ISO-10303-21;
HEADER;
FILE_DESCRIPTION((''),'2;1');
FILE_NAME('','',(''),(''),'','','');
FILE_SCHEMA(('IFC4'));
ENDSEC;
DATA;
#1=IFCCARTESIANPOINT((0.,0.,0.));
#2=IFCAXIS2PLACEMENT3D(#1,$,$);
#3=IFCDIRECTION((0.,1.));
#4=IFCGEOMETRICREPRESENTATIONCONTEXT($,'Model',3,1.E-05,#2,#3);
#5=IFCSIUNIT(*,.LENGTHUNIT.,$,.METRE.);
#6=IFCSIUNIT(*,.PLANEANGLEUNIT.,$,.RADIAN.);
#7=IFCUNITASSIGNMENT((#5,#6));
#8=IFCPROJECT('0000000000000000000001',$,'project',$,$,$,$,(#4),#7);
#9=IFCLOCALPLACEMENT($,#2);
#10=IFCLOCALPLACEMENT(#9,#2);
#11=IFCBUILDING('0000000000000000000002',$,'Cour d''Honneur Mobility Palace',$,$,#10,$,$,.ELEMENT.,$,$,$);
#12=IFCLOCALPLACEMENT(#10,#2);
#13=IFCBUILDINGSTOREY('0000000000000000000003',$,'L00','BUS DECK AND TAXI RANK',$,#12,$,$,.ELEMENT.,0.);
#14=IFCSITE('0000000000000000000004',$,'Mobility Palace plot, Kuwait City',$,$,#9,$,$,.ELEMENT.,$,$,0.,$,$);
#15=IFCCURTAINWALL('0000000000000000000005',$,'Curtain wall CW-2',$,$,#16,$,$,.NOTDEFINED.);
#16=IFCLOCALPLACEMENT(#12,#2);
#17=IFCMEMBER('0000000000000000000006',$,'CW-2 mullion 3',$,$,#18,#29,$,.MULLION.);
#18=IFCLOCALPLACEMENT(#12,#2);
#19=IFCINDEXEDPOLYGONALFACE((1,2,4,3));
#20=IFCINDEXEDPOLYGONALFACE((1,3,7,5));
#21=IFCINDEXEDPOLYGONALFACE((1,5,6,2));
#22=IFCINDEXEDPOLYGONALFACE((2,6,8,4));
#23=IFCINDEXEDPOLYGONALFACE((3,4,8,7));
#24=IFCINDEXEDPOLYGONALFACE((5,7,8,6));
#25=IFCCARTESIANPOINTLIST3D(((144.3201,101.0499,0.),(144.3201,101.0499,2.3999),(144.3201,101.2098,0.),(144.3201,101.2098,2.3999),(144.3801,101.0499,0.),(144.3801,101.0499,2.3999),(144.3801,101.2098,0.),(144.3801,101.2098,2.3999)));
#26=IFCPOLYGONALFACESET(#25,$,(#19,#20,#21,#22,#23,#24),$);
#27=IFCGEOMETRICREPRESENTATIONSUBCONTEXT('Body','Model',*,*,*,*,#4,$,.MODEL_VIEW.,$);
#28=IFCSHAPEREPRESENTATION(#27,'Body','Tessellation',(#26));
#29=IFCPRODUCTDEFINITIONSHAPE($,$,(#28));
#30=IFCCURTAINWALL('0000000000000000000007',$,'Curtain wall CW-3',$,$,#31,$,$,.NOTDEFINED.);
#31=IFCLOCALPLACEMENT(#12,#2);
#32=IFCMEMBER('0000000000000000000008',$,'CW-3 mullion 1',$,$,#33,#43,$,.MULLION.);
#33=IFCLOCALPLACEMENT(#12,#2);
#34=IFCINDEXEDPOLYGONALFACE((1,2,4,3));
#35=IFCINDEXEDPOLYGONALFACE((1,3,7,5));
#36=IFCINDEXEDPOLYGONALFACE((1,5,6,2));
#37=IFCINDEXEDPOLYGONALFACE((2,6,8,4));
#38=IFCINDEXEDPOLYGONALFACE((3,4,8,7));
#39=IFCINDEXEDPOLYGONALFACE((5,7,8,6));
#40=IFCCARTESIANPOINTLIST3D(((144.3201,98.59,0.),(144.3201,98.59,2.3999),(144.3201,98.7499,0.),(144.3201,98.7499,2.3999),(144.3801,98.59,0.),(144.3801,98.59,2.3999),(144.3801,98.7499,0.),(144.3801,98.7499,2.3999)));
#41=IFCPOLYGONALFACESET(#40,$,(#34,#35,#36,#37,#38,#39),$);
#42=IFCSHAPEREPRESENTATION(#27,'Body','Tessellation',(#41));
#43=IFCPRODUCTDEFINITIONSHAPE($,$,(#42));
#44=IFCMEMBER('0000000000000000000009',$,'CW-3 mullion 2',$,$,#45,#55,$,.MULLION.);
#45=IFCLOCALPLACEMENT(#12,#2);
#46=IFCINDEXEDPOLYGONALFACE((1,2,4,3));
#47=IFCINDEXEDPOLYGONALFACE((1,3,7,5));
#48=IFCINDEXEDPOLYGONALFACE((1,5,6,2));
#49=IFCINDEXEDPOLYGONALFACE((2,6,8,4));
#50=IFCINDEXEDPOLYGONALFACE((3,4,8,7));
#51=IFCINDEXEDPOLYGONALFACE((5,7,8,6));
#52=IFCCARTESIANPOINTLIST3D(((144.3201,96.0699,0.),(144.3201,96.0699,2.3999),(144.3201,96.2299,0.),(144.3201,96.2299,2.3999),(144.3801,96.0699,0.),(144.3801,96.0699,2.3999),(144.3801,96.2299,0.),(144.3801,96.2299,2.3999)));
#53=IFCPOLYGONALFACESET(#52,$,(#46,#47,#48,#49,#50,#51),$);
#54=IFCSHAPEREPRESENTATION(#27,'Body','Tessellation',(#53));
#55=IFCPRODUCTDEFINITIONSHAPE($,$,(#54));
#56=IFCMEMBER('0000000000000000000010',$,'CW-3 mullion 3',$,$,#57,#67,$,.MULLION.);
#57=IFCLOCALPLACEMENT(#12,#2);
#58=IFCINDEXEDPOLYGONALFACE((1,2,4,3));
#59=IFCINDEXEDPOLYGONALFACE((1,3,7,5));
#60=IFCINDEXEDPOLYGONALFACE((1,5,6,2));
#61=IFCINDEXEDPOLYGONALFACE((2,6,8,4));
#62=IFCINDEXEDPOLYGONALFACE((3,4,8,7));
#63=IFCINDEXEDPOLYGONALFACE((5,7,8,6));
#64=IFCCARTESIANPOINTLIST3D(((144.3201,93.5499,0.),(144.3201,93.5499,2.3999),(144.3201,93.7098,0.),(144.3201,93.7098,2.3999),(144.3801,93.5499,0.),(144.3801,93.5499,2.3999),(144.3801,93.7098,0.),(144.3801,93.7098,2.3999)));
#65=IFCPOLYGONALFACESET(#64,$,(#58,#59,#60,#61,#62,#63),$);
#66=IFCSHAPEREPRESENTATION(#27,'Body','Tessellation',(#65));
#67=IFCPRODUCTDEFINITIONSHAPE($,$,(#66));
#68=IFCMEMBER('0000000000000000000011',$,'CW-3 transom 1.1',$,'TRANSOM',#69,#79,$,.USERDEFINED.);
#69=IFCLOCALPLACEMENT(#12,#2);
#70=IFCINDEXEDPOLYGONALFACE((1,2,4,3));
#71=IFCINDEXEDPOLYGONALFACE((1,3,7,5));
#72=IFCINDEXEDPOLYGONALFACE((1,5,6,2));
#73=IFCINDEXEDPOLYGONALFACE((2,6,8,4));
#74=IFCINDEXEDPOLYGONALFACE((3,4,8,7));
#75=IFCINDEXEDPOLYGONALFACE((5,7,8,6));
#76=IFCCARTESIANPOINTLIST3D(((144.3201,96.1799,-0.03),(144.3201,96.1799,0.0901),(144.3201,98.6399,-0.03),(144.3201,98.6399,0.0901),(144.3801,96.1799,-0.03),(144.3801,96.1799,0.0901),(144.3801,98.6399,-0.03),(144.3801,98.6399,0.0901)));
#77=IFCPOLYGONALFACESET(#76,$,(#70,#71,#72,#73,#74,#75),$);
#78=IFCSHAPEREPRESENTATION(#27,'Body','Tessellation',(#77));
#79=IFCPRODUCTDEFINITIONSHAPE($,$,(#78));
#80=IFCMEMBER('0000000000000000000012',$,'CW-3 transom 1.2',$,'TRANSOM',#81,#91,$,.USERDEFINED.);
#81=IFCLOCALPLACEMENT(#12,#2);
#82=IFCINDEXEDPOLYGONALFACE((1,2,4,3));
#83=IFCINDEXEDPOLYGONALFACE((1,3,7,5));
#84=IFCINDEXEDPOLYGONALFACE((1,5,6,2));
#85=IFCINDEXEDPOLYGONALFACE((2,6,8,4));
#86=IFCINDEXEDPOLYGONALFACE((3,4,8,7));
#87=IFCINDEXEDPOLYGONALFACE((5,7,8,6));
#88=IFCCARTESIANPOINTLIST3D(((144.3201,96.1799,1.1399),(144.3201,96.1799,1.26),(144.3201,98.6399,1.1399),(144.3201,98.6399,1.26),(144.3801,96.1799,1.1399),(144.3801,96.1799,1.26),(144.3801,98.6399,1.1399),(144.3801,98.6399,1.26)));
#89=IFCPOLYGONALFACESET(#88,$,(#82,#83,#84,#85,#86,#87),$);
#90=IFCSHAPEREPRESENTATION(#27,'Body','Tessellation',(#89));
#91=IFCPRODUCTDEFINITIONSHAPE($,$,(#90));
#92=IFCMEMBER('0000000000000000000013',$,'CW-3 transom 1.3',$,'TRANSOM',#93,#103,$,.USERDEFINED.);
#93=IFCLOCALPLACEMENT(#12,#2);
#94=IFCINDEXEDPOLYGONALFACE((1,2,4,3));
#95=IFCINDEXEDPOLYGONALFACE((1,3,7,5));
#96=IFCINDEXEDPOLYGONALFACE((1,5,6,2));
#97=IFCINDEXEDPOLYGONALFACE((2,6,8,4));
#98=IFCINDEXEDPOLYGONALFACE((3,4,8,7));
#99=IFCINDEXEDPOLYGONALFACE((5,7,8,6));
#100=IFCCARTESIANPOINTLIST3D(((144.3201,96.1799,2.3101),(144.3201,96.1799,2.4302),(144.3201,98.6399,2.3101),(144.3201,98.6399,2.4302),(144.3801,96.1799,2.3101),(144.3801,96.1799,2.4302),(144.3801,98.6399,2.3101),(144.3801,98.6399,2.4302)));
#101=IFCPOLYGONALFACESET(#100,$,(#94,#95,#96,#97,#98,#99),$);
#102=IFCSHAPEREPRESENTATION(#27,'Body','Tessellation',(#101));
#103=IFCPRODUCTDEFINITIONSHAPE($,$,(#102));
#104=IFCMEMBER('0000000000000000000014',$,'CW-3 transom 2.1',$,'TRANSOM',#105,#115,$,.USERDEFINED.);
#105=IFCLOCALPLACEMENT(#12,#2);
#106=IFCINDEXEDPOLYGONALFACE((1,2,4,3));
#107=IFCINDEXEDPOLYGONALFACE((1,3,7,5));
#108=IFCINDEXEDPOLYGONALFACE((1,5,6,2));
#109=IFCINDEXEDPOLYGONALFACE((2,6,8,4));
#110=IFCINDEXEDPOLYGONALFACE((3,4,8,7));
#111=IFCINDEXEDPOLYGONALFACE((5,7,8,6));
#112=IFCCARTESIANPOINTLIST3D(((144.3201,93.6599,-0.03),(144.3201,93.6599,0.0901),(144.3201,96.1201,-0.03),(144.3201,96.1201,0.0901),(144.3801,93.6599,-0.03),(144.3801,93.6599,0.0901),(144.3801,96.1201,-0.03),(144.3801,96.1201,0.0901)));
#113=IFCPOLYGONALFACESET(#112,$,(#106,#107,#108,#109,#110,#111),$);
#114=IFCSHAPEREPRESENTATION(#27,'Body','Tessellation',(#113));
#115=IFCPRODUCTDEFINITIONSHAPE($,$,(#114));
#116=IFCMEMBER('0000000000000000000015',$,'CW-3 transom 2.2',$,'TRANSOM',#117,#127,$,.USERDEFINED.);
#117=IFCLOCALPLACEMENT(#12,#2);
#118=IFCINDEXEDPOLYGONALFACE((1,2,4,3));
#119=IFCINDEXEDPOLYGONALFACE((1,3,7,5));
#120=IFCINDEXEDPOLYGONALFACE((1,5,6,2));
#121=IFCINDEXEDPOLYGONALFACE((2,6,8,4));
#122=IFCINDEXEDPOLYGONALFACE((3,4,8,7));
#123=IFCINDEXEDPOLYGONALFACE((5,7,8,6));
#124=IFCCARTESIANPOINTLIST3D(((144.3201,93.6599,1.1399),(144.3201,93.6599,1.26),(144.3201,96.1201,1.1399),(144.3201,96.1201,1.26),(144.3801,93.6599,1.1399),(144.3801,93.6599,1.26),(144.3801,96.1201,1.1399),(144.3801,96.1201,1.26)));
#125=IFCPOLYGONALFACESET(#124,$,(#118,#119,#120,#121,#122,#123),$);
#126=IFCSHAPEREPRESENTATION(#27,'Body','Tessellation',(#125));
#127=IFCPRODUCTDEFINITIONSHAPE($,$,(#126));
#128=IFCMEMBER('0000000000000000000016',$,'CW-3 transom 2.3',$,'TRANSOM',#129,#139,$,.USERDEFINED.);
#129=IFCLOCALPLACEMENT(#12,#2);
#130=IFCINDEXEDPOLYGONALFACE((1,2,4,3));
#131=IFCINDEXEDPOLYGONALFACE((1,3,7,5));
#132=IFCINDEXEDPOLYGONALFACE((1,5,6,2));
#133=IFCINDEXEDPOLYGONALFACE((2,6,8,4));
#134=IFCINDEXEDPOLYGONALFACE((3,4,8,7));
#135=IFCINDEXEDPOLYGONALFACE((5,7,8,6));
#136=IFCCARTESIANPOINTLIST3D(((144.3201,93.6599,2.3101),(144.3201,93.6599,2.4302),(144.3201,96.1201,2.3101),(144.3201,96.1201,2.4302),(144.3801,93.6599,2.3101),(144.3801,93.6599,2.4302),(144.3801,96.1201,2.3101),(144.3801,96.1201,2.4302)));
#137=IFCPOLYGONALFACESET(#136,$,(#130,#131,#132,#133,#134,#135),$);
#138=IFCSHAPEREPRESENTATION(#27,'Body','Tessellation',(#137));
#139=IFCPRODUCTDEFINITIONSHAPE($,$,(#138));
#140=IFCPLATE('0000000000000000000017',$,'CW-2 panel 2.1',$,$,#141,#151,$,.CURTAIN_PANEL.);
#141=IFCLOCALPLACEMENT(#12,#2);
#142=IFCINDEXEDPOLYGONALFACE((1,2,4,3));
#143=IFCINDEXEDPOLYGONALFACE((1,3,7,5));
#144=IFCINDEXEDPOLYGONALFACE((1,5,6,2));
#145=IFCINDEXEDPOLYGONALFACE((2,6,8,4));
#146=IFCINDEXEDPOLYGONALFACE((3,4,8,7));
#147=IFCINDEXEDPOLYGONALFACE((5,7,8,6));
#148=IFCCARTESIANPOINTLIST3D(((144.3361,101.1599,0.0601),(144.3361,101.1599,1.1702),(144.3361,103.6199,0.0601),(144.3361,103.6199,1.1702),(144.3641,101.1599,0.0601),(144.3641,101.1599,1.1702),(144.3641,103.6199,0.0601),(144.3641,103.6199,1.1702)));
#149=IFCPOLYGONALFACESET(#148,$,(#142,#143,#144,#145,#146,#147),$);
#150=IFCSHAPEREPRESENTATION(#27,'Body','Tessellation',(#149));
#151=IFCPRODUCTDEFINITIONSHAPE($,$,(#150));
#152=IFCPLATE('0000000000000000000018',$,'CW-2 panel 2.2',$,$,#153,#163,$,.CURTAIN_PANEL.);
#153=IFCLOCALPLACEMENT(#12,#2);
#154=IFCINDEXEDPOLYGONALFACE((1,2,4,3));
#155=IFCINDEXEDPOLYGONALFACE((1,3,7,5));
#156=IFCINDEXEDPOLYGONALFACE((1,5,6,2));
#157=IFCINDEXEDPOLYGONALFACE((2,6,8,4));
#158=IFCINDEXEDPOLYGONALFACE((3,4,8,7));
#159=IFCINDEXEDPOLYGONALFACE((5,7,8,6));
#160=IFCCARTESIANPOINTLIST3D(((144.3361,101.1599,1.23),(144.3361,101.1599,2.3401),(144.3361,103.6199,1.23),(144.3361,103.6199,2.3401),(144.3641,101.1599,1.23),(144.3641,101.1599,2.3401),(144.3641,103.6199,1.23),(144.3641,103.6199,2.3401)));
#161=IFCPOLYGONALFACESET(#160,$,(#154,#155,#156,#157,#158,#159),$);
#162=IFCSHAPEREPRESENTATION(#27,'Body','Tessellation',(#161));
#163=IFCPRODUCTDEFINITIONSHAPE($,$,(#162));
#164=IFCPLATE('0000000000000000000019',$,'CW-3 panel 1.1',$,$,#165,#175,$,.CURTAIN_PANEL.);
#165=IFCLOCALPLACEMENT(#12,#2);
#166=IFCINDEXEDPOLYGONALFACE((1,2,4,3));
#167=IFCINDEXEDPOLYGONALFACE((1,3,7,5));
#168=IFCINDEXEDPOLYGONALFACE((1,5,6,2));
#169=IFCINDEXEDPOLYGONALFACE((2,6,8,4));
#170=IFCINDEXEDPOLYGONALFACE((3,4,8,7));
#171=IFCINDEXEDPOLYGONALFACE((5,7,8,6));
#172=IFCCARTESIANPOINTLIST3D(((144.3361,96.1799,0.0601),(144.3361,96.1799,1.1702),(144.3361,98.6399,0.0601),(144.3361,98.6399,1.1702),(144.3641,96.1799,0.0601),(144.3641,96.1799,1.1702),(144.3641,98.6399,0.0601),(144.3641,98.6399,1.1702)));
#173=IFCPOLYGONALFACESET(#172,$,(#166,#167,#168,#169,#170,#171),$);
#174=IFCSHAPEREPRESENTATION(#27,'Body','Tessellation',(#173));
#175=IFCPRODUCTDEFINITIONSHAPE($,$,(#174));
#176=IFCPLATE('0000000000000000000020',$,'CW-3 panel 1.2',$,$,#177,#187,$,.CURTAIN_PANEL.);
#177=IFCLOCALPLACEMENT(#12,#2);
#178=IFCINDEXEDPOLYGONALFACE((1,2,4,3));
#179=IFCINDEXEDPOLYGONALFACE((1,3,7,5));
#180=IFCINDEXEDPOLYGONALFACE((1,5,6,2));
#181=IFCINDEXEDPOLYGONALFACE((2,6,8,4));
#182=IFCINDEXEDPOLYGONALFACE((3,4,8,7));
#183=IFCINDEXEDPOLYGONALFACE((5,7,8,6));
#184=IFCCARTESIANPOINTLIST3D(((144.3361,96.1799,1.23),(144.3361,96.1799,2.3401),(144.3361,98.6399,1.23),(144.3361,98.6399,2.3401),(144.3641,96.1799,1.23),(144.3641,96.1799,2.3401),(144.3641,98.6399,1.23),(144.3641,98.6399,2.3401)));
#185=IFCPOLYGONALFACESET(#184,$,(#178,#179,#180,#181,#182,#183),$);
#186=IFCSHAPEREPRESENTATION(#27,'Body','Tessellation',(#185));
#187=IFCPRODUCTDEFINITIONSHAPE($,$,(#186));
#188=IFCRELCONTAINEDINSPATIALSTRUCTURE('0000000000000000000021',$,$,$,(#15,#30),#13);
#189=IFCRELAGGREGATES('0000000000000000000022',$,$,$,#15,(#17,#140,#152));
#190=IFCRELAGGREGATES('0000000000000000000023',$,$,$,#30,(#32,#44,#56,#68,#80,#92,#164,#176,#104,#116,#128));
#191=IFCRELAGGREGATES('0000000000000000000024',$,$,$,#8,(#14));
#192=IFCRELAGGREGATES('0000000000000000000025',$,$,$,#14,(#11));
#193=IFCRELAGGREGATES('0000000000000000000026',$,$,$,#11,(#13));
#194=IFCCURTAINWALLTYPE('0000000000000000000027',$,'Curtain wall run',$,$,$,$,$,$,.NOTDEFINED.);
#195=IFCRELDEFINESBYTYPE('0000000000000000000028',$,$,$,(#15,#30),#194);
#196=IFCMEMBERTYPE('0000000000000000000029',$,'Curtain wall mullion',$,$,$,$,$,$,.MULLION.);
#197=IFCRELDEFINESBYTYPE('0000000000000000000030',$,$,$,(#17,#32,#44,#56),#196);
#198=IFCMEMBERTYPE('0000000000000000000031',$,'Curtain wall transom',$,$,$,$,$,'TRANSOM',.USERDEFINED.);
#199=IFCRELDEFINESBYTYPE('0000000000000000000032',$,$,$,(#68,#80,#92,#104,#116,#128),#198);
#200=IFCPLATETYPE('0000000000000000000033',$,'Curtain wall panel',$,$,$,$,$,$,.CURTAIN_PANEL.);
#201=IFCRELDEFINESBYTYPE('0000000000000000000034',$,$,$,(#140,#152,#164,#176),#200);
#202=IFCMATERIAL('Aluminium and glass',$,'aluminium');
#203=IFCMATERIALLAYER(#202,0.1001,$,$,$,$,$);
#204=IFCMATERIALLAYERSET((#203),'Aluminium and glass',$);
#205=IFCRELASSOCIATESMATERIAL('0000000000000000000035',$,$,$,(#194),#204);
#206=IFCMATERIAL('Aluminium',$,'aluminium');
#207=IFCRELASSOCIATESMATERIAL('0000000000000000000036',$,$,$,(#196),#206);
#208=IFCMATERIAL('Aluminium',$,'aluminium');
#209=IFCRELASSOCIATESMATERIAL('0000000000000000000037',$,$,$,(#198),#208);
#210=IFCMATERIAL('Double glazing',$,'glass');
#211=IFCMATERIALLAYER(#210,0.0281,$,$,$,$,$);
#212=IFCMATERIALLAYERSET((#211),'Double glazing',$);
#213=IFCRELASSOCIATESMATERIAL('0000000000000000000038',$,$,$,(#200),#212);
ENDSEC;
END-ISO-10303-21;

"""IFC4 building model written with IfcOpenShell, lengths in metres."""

from ifc_helpers import new_model, si_unit, direction, frame, origin, origin_2d, place, context, subcontext, project, spatial, rectangle, extrude, material, layer, layer_set, material_profile, profile_set, type_object, element, aggregate, save


model = new_model("IFC4")

# Units and contexts
model_context = context("Model", 3, precision=1e-05, world=origin(), true_north=direction((0.0, 1.0)))
body_context = subcontext(model_context, "Body", "Model", "MODEL_VIEW")
ifc_project = project(units=[si_unit("LENGTHUNIT", "METRE"), si_unit("PLANEANGLEUNIT", "RADIAN")], contexts=[model_context])

# Site, building, storey
site_placement = place(None, origin())
site = spatial("IfcSite", under=ifc_project, at=site_placement, Name="Mobility Palace plot, Kuwait City", CompositionType="ELEMENT", RefElevation=0.0)
building_placement = place(site_placement, origin())
building = spatial("IfcBuilding", under=site, at=building_placement, Name="Cour d'Honneur Mobility Palace", CompositionType="ELEMENT")
storey_placement = place(building_placement, origin())
storey = spatial("IfcBuildingStorey", under=building, at=storey_placement, Name="L00", Description="BUS DECK AND TAXI RANK", CompositionType="ELEMENT", Elevation=0.0)

# Curtain wall, member
ifc_material_1 = material(Name="Aluminium and glass", Category="aluminium")
ifc_layer_1 = layer(ifc_material_1, 0.1001)
ifc_layer_set_1 = layer_set([ifc_layer_1], Name="Aluminium and glass")
curtain_wall_type = type_object("IfcCurtainWallType", Name="Curtain wall run", PredefinedType="NOTDEFINED", material=ifc_layer_set_1)
curtain_wall_1_placement = place(storey_placement, origin())
curtain_wall_1 = element("IfcCurtainWall", 1, at=curtain_wall_1_placement, inside=storey, type_object=curtain_wall_type, Name="Curtain wall CW-2", PredefinedType="NOTDEFINED")
ifc_material_2 = material(Name="Aluminium", Category="aluminium")
ifc_material_profile_1 = material_profile(ifc_material_2, rectangle(XDim=0.0601, YDim=0.1599, at=origin_2d()), Name="Curtain wall mullion")
ifc_profile_set_1 = profile_set([ifc_material_profile_1], Name="Aluminium")
member_type_1 = type_object("IfcMemberType", Name="Curtain wall mullion", PredefinedType="MULLION", material=ifc_profile_set_1)
member_1_placement = place(storey_placement, frame((144.3501, 101.1299, 0.0), z_axis=(0.0, 0.0, 1.0), x_axis=(1.0, 0.0, 0.0)))
member_1 = element("IfcMember", 2, at=member_1_placement, type_object=member_type_1, Name="CW-2 mullion 3", PredefinedType="MULLION", context=body_context, shape_type="SweptSolid", body=[
    extrude(rectangle(XDim=0.0601, YDim=0.1599, at=origin_2d()), origin(), (0.0, 0.0, 1.0), 2.3999),
])

# Curtain wall, members
curtain_wall_2_placement = place(storey_placement, origin())
curtain_wall_2 = element("IfcCurtainWall", 3, at=curtain_wall_2_placement, inside=storey, type_object=curtain_wall_type, Name="Curtain wall CW-3", PredefinedType="NOTDEFINED")
member_2_placement = place(storey_placement, frame((144.3501, 98.6699, 0.0), z_axis=(0.0, 0.0, 1.0), x_axis=(1.0, 0.0, 0.0)))
member_2 = element("IfcMember", 4, at=member_2_placement, type_object=member_type_1, Name="CW-3 mullion 1", PredefinedType="MULLION", context=body_context, shape_type="SweptSolid", body=[
    extrude(rectangle(XDim=0.0601, YDim=0.1599, at=origin_2d()), origin(), (0.0, 0.0, 1.0), 2.3999),
])
member_3_placement = place(storey_placement, frame((144.3501, 96.1499, 0.0), z_axis=(0.0, 0.0, 1.0), x_axis=(1.0, 0.0, 0.0)))
member_3 = element("IfcMember", 5, at=member_3_placement, type_object=member_type_1, Name="CW-3 mullion 2", PredefinedType="MULLION", context=body_context, shape_type="SweptSolid", body=[
    extrude(rectangle(XDim=0.0601, YDim=0.1599, at=origin_2d()), origin(), (0.0, 0.0, 1.0), 2.3999),
])
member_4_placement = place(storey_placement, frame((144.3501, 93.6299, 0.0), z_axis=(0.0, 0.0, 1.0), x_axis=(1.0, 0.0, 0.0)))
member_4 = element("IfcMember", 6, at=member_4_placement, type_object=member_type_1, Name="CW-3 mullion 3", PredefinedType="MULLION", context=body_context, shape_type="SweptSolid", body=[
    extrude(rectangle(XDim=0.0601, YDim=0.1599, at=origin_2d()), origin(), (0.0, 0.0, 1.0), 2.3999),
])
ifc_material_3 = material(Name="Aluminium", Category="aluminium")
ifc_material_profile_2 = material_profile(ifc_material_3, rectangle(XDim=0.0601, YDim=0.1201, at=origin_2d()), Name="Curtain wall transom")
ifc_profile_set_2 = profile_set([ifc_material_profile_2], Name="Aluminium")
member_type_2 = type_object("IfcMemberType", Name="Curtain wall transom", ElementType="TRANSOM", PredefinedType="USERDEFINED", material=ifc_profile_set_2)
member_5_placement = place(storey_placement, frame((144.3501, 98.6399, 0.03), z_axis=(0.0, -1.0, 0.0), x_axis=(1.0, 0.0, 0.0)))
member_5 = element("IfcMember", 7, at=member_5_placement, type_object=member_type_2, Name="CW-3 transom 1.1", ObjectType="TRANSOM", PredefinedType="USERDEFINED", context=body_context, shape_type="SweptSolid", body=[
    extrude(rectangle(XDim=0.0601, YDim=0.1201, at=origin_2d()), origin(), (0.0, 0.0, 1.0), 2.46),
])
member_6_placement = place(storey_placement, frame((144.3501, 98.6399, 1.2), z_axis=(0.0, -1.0, 0.0), x_axis=(1.0, 0.0, 0.0)))
member_6 = element("IfcMember", 8, at=member_6_placement, type_object=member_type_2, Name="CW-3 transom 1.2", ObjectType="TRANSOM", PredefinedType="USERDEFINED", context=body_context, shape_type="SweptSolid", body=[
    extrude(rectangle(XDim=0.0601, YDim=0.1201, at=origin_2d()), origin(), (0.0, 0.0, 1.0), 2.46),
])
member_7_placement = place(storey_placement, frame((144.3501, 98.6399, 2.3701), z_axis=(0.0, -1.0, 0.0), x_axis=(1.0, 0.0, 0.0)))
member_7 = element("IfcMember", 9, at=member_7_placement, type_object=member_type_2, Name="CW-3 transom 1.3", ObjectType="TRANSOM", PredefinedType="USERDEFINED", context=body_context, shape_type="SweptSolid", body=[
    extrude(rectangle(XDim=0.0601, YDim=0.1201, at=origin_2d()), origin(), (0.0, 0.0, 1.0), 2.46),
])
member_8_placement = place(storey_placement, frame((144.3501, 96.1201, 0.03), z_axis=(0.0, -1.0, 0.0), x_axis=(1.0, 0.0, 0.0)))
member_8 = element("IfcMember", 10, at=member_8_placement, type_object=member_type_2, Name="CW-3 transom 2.1", ObjectType="TRANSOM", PredefinedType="USERDEFINED", context=body_context, shape_type="SweptSolid", body=[
    extrude(rectangle(XDim=0.0601, YDim=0.1201, at=origin_2d()), origin(), (0.0, 0.0, 1.0), 2.4602),
])
member_9_placement = place(storey_placement, frame((144.3501, 96.1201, 1.2), z_axis=(0.0, -1.0, 0.0), x_axis=(1.0, 0.0, 0.0)))
member_9 = element("IfcMember", 11, at=member_9_placement, type_object=member_type_2, Name="CW-3 transom 2.2", ObjectType="TRANSOM", PredefinedType="USERDEFINED", context=body_context, shape_type="SweptSolid", body=[
    extrude(rectangle(XDim=0.0601, YDim=0.1201, at=origin_2d()), origin(), (0.0, 0.0, 1.0), 2.4602),
])
member_10_placement = place(storey_placement, frame((144.3501, 96.1201, 2.3701), z_axis=(0.0, -1.0, 0.0), x_axis=(1.0, 0.0, 0.0)))
member_10 = element("IfcMember", 12, at=member_10_placement, type_object=member_type_2, Name="CW-3 transom 2.3", ObjectType="TRANSOM", PredefinedType="USERDEFINED", context=body_context, shape_type="SweptSolid", body=[
    extrude(rectangle(XDim=0.0601, YDim=0.1201, at=origin_2d()), origin(), (0.0, 0.0, 1.0), 2.4602),
])

# Plates
ifc_material_4 = material(Name="Double glazing", Category="glass")
ifc_layer_2 = layer(ifc_material_4, 0.0281)
ifc_layer_set_2 = layer_set([ifc_layer_2], Name="Double glazing")
plate_type = type_object("IfcPlateType", Name="Curtain wall panel", PredefinedType="CURTAIN_PANEL", material=ifc_layer_set_2)
plate_1_placement = place(storey_placement, frame((144.3501, 102.3899, 0.0601), z_axis=(0.0, 0.0, 1.0), x_axis=(0.0, -1.0, 0.0)))
plate_1 = element("IfcPlate", 13, at=plate_1_placement, type_object=plate_type, Name="CW-2 panel 2.1", PredefinedType="CURTAIN_PANEL", context=body_context, shape_type="SweptSolid", body=[
    extrude(rectangle(XDim=2.46, YDim=0.0281, at=origin_2d()), origin(), (0.0, 0.0, 1.0), 1.1101),
])
plate_2_placement = place(storey_placement, frame((144.3501, 102.3899, 1.23), z_axis=(0.0, 0.0, 1.0), x_axis=(0.0, -1.0, 0.0)))
plate_2 = element("IfcPlate", 14, at=plate_2_placement, type_object=plate_type, Name="CW-2 panel 2.2", PredefinedType="CURTAIN_PANEL", context=body_context, shape_type="SweptSolid", body=[
    extrude(rectangle(XDim=2.46, YDim=0.0281, at=origin_2d()), origin(), (0.0, 0.0, 1.0), 1.1101),
])
aggregate(curtain_wall_1, [member_1, plate_1, plate_2])
plate_3_placement = place(storey_placement, frame((144.3501, 97.4099, 0.0601), z_axis=(0.0, 0.0, 1.0), x_axis=(0.0, -1.0, 0.0)))
plate_3 = element("IfcPlate", 15, at=plate_3_placement, type_object=plate_type, Name="CW-3 panel 1.1", PredefinedType="CURTAIN_PANEL", context=body_context, shape_type="SweptSolid", body=[
    extrude(rectangle(XDim=2.46, YDim=0.0281, at=origin_2d()), origin(), (0.0, 0.0, 1.0), 1.1101),
])
plate_4_placement = place(storey_placement, frame((144.3501, 97.4099, 1.23), z_axis=(0.0, 0.0, 1.0), x_axis=(0.0, -1.0, 0.0)))
plate_4 = element("IfcPlate", 16, at=plate_4_placement, type_object=plate_type, Name="CW-3 panel 1.2", PredefinedType="CURTAIN_PANEL", context=body_context, shape_type="SweptSolid", body=[
    extrude(rectangle(XDim=2.46, YDim=0.0281, at=origin_2d()), origin(), (0.0, 0.0, 1.0), 1.1101),
])
aggregate(curtain_wall_2, [member_2, member_3, member_4, member_5, member_6, member_7, plate_3, plate_4, member_8, member_9, member_10])

save(model, "model.ifc")
